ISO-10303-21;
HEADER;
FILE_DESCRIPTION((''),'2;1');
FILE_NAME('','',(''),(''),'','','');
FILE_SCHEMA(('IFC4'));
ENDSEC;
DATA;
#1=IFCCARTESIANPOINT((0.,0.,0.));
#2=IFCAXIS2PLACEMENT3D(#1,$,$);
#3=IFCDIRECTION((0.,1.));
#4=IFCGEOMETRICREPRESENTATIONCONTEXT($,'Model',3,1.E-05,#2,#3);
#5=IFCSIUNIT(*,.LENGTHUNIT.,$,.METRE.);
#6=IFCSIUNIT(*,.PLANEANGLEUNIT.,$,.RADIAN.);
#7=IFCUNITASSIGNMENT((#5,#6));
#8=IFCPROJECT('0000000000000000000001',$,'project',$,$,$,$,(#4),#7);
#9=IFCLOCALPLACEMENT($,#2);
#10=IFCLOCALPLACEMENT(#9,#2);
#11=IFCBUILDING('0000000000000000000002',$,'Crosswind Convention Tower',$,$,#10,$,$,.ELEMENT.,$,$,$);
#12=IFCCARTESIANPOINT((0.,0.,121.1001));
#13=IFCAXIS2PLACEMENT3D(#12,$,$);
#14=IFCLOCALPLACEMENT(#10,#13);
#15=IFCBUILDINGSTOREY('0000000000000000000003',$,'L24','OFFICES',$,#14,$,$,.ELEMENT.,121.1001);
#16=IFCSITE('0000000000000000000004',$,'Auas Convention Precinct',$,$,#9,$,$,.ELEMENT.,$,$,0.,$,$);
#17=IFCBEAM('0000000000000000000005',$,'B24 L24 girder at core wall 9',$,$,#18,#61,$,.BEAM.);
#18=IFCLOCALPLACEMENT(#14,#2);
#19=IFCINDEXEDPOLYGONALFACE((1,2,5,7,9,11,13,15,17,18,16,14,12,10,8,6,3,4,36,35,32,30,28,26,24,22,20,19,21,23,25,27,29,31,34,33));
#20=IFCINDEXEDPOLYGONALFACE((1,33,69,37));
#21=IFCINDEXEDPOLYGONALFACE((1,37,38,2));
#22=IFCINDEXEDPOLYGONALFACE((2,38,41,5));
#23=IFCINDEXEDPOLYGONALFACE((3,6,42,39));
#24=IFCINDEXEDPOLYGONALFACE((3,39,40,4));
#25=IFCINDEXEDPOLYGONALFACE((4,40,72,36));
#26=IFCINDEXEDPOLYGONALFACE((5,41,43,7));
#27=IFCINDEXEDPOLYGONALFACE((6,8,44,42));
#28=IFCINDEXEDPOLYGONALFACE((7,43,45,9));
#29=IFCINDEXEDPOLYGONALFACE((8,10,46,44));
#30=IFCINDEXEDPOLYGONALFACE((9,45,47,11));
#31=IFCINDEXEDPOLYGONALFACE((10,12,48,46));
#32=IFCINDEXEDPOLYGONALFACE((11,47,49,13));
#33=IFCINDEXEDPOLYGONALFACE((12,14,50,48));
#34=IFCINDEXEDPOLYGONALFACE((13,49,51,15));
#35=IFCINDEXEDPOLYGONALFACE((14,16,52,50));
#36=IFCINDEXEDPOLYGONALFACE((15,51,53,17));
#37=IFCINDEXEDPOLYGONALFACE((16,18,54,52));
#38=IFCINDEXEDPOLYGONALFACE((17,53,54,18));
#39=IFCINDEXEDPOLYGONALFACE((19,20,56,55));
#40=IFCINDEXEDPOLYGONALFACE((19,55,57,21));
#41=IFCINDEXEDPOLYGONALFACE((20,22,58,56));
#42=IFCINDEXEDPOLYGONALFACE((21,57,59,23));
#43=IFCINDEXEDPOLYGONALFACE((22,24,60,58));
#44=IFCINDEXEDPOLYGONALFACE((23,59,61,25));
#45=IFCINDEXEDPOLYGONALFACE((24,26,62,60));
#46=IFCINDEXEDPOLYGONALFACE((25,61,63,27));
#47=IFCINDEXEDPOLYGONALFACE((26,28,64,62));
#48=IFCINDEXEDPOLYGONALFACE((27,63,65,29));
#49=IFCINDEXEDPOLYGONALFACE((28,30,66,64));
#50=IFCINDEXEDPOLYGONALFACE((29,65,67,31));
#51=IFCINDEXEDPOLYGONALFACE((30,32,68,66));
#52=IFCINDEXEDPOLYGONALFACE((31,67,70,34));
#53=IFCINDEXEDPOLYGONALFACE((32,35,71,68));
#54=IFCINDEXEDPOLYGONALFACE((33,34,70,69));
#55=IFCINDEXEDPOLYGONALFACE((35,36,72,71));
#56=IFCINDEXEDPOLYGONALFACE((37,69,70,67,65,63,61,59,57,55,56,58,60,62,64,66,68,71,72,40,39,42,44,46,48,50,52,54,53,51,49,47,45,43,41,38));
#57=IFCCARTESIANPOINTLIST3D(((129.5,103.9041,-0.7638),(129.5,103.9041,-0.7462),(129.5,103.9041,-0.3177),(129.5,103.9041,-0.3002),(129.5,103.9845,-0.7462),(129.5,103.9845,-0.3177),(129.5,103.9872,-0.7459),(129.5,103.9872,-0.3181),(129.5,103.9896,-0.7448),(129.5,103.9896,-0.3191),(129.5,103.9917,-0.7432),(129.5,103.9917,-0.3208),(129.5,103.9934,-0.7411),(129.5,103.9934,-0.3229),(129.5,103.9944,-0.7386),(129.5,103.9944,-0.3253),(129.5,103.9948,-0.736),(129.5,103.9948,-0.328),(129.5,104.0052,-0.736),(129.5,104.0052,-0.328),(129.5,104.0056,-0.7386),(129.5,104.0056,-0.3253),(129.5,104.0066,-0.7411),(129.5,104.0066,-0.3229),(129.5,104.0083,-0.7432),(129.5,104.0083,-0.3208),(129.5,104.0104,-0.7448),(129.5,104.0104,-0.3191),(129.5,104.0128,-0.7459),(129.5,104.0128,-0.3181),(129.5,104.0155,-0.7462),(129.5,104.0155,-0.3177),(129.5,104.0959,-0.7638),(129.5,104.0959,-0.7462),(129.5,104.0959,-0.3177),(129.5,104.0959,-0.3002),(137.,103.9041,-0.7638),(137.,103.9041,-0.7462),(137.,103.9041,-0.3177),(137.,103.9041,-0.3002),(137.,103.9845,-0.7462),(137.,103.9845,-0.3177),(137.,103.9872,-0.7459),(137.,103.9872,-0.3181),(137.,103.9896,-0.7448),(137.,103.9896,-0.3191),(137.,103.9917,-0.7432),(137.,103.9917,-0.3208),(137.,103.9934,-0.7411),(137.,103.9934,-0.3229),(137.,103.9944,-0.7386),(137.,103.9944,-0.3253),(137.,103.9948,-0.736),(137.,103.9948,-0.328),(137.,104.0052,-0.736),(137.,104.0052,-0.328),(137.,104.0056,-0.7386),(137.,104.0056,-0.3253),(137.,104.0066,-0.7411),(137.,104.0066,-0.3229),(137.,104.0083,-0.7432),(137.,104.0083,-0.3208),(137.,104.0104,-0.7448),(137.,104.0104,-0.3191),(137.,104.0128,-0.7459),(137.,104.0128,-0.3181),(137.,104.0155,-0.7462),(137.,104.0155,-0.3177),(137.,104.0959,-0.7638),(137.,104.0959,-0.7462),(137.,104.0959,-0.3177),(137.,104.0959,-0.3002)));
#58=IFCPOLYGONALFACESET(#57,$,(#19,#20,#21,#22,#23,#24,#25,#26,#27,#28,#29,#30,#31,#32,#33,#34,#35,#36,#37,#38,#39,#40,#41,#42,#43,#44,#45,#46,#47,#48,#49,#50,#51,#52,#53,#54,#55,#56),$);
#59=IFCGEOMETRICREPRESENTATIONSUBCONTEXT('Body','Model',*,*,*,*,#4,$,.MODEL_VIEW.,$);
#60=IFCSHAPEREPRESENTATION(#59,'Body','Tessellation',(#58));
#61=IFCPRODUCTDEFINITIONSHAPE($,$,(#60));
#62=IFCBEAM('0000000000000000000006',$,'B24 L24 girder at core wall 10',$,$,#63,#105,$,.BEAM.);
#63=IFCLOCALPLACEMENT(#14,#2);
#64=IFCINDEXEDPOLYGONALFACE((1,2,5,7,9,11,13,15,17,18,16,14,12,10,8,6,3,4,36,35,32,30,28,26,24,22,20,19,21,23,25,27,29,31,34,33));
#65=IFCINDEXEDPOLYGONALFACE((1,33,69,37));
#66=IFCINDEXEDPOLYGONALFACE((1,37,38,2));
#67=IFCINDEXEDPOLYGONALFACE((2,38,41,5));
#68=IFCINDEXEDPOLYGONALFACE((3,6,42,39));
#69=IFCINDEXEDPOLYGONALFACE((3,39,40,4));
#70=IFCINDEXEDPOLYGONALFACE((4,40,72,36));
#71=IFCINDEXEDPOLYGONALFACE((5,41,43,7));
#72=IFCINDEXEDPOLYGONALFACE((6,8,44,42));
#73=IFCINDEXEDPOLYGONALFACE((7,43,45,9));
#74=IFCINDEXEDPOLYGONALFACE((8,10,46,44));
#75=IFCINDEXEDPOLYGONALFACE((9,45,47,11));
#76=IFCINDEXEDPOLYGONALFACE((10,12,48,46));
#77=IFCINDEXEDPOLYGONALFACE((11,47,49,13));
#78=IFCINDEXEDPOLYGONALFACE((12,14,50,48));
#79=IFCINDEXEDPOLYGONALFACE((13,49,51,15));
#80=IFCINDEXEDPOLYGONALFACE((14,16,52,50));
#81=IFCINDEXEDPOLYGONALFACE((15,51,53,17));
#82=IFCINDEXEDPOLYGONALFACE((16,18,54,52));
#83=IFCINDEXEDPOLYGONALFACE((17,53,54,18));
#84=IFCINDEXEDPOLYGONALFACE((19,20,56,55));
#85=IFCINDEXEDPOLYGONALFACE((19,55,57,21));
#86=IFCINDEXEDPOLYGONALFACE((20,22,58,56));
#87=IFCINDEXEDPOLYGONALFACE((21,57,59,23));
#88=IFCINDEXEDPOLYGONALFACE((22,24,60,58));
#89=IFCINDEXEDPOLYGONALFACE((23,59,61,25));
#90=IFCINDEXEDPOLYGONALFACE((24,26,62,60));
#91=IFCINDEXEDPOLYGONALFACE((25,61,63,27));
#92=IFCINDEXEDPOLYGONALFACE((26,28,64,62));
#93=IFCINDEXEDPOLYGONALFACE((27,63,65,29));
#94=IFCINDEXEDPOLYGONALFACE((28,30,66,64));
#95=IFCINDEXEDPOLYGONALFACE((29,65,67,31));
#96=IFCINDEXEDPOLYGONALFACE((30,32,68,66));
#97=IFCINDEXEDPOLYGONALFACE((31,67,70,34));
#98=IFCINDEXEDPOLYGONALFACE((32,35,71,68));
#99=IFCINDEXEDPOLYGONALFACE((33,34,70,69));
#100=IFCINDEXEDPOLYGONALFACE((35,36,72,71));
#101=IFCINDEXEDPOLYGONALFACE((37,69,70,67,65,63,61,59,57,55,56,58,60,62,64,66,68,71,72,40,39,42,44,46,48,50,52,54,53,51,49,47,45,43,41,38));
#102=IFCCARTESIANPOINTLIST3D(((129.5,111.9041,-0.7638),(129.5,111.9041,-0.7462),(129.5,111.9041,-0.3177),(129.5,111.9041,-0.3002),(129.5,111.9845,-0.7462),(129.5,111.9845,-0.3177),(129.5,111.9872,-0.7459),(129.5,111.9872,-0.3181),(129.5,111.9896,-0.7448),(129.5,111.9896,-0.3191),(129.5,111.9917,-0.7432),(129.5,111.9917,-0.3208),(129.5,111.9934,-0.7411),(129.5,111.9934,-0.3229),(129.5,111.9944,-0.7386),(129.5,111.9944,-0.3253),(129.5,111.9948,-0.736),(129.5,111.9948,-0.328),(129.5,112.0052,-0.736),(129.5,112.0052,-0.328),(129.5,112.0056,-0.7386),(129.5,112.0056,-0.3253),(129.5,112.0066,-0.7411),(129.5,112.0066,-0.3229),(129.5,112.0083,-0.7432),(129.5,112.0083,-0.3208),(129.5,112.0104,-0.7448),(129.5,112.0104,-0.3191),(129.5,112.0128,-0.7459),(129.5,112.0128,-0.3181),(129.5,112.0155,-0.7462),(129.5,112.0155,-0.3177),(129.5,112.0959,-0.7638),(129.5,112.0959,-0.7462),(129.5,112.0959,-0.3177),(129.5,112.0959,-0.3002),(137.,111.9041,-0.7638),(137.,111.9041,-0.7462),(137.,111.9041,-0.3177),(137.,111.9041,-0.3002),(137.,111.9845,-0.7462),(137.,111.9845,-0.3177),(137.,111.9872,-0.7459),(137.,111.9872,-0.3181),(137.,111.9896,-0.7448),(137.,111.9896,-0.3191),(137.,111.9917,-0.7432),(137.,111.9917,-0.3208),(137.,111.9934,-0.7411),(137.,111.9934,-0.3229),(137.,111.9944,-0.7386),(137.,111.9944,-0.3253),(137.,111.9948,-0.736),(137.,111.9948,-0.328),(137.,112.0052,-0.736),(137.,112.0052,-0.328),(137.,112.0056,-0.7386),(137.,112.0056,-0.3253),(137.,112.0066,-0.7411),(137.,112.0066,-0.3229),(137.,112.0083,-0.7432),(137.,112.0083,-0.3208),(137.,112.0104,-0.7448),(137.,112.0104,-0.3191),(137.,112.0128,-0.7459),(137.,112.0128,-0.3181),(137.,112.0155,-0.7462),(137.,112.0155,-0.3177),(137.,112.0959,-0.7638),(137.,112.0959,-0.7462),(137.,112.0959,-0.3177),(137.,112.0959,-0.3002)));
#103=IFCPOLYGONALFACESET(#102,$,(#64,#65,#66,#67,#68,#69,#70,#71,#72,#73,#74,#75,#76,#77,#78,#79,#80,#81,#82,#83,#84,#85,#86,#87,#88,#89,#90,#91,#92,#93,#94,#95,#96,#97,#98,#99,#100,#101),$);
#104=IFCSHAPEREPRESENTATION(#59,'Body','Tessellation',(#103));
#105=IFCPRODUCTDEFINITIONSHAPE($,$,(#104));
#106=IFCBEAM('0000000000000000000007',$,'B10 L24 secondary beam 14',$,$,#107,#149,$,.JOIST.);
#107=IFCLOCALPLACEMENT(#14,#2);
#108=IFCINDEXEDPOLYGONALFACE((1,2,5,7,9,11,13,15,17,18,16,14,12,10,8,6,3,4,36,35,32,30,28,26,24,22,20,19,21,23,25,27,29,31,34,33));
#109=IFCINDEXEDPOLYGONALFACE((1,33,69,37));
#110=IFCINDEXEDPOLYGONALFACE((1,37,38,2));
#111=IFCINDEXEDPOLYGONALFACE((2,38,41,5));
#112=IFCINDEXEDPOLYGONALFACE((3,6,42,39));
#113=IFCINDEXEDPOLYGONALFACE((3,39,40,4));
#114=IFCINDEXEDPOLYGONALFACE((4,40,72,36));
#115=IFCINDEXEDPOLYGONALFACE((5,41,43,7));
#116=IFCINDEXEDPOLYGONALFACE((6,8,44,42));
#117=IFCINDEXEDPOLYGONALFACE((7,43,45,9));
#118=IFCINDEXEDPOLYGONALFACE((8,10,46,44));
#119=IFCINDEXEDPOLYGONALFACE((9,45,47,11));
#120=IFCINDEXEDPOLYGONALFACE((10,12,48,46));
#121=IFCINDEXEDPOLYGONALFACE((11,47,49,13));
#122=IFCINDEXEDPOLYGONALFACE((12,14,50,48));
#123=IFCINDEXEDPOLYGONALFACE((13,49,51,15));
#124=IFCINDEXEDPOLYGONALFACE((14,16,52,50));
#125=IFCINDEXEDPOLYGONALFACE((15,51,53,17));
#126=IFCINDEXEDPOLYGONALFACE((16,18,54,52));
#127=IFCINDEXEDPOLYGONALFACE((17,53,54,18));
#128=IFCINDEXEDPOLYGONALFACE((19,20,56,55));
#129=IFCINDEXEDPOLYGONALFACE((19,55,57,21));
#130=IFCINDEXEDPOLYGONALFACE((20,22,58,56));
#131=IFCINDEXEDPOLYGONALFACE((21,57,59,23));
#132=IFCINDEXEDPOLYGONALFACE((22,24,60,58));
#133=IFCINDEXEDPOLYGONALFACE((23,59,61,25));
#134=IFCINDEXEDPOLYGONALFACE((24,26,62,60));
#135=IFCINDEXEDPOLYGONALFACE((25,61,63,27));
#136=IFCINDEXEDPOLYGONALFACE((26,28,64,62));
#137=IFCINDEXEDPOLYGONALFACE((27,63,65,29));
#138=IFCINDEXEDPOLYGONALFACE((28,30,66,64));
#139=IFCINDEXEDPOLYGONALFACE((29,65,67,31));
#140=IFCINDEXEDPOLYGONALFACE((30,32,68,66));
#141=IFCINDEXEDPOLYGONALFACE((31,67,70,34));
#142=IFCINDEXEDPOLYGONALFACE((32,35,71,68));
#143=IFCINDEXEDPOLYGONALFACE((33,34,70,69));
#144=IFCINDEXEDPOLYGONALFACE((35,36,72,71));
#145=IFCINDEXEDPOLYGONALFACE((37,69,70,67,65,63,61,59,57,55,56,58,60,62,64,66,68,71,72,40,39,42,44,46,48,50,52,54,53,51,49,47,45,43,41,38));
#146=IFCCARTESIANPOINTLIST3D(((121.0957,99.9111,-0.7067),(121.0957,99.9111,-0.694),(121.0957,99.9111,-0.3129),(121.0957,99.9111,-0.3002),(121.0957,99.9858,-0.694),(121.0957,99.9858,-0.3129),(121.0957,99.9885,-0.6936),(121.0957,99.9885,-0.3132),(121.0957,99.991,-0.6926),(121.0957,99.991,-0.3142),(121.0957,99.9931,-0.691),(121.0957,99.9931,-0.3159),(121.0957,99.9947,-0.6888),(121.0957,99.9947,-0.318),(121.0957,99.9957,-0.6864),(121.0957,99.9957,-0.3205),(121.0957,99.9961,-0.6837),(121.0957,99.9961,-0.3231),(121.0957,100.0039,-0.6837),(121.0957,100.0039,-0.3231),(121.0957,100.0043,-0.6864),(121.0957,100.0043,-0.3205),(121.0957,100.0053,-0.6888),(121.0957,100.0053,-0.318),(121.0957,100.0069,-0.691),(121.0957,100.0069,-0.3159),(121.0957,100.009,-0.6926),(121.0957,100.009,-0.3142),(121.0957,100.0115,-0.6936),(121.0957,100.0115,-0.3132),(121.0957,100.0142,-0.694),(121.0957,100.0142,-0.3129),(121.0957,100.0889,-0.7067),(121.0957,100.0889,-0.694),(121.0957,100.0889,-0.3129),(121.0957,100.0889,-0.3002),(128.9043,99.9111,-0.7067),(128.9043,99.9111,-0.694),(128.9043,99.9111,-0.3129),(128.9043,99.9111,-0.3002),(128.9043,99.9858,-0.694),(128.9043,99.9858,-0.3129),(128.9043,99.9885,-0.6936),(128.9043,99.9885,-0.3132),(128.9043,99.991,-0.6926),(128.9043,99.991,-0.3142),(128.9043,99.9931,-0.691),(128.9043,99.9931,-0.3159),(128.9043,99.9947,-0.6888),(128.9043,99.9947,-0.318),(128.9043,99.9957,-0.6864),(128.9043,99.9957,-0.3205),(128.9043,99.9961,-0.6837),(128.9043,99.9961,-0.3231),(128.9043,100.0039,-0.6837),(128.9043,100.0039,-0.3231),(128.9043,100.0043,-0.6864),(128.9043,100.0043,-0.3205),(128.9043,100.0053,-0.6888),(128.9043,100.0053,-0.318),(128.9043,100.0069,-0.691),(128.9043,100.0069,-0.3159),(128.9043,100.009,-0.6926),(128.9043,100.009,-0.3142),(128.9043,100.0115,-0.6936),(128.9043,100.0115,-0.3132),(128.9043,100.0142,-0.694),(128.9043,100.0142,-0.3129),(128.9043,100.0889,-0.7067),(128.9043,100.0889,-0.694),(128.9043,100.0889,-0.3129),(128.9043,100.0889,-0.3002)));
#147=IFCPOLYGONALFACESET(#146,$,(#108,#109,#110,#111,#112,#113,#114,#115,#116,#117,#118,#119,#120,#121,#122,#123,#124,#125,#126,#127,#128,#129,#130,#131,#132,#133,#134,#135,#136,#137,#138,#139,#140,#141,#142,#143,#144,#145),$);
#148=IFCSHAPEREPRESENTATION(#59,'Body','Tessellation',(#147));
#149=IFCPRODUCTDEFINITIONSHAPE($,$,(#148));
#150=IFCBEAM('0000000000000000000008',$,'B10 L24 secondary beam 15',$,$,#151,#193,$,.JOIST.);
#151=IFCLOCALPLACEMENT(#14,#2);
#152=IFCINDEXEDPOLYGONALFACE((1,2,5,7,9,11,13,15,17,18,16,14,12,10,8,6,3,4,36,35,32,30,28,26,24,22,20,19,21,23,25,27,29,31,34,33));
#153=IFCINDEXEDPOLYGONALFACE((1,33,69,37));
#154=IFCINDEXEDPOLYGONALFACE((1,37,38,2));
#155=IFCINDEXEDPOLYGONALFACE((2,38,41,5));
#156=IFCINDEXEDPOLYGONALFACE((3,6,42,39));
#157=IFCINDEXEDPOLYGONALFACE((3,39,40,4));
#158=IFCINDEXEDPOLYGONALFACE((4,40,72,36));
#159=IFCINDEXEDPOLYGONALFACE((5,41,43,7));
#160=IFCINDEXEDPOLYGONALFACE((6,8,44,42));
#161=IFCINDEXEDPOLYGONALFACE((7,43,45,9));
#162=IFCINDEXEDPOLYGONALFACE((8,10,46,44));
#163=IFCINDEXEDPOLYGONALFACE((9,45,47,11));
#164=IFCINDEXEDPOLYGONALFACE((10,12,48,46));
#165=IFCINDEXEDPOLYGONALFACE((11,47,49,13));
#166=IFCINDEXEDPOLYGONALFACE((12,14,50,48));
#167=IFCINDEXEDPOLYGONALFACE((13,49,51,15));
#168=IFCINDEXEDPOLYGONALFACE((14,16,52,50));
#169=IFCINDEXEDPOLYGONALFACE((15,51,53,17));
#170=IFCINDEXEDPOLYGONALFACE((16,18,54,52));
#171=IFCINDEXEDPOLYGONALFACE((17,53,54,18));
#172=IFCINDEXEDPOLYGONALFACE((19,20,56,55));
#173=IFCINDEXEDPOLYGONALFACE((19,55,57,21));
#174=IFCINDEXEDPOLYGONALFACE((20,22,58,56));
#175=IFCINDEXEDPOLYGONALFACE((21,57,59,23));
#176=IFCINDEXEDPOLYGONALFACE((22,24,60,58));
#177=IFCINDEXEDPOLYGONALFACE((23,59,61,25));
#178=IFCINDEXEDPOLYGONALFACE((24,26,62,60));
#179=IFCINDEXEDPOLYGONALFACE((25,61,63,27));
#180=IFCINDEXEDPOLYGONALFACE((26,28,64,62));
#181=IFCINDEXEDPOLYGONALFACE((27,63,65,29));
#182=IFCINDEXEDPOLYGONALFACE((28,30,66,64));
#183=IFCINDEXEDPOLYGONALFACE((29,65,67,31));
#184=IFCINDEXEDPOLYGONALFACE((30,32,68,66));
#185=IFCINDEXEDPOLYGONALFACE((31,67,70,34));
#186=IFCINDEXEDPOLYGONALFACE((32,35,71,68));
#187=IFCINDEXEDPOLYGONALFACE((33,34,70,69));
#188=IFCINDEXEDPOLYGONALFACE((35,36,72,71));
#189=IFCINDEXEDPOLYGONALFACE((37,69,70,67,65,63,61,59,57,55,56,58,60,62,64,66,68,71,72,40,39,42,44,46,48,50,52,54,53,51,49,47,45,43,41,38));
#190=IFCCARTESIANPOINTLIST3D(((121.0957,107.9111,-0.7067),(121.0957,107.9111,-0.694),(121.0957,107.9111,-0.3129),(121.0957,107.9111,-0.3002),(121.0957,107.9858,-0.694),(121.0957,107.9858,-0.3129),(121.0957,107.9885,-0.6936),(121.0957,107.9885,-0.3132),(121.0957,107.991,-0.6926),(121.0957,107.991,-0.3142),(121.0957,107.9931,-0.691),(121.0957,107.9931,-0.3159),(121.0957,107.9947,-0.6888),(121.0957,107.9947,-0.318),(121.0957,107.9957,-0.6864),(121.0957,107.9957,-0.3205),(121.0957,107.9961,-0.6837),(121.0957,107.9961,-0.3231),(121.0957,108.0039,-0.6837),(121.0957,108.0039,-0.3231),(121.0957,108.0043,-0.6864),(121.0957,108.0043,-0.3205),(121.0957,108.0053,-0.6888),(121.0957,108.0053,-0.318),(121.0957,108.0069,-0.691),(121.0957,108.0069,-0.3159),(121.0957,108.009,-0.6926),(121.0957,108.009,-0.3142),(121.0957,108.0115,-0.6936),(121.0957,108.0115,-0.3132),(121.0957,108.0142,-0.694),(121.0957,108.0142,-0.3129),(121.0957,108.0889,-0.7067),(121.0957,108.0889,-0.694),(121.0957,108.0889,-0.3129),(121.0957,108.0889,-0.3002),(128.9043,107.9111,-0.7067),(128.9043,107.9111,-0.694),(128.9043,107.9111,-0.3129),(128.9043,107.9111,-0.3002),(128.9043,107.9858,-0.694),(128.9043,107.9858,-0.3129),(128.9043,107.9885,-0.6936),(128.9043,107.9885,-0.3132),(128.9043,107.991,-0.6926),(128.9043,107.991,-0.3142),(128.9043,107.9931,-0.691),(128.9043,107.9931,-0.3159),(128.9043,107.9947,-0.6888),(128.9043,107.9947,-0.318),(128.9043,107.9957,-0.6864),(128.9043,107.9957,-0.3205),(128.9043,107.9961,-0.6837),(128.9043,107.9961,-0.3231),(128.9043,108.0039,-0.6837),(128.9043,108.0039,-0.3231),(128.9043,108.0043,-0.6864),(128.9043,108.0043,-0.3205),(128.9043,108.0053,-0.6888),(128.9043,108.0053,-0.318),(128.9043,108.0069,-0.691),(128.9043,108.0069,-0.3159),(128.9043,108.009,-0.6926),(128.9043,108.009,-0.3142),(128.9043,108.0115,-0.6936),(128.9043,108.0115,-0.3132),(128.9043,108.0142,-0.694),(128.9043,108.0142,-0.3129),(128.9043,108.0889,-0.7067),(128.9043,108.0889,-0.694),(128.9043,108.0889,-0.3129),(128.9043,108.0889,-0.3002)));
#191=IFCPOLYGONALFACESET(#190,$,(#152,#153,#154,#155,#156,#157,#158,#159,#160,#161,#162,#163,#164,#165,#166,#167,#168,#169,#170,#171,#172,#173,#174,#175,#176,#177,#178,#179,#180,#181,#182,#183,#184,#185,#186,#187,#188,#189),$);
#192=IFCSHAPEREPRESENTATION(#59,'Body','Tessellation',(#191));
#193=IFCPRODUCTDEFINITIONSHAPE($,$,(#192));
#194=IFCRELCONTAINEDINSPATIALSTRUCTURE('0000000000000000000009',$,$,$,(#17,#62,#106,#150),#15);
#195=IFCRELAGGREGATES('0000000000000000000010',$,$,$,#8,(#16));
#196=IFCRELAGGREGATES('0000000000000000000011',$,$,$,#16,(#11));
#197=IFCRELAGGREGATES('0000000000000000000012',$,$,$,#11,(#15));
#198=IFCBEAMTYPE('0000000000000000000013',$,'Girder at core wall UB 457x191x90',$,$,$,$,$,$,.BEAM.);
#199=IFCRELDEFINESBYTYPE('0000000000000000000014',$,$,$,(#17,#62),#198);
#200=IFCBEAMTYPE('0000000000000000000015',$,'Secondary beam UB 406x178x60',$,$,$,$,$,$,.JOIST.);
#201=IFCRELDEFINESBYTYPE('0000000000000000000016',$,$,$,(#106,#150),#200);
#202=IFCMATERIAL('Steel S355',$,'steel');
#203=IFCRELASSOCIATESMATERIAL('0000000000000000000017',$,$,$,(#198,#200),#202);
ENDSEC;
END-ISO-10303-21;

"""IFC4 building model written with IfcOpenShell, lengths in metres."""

from ifc_helpers import new_model, si_unit, direction, frame, origin, origin_2d, place, context, subcontext, project, spatial, i_section, extrude, material, material_profile, profile_set, type_object, element, save


model = new_model("IFC4")

# Units and contexts
model_context = context("Model", 3, precision=1e-05, world=origin(), true_north=direction((0.0, 1.0)))
body_context = subcontext(model_context, "Body", "Model", "MODEL_VIEW")
ifc_project = project(units=[si_unit("LENGTHUNIT", "METRE"), si_unit("PLANEANGLEUNIT", "RADIAN")], contexts=[model_context])

# Site, building, storey
site_placement = place(None, origin())
site = spatial("IfcSite", under=ifc_project, at=site_placement, Name="Auas Convention Precinct", CompositionType="ELEMENT", RefElevation=0.0)
building_placement = place(site_placement, origin())
building = spatial("IfcBuilding", under=site, at=building_placement, Name="Crosswind Convention Tower", CompositionType="ELEMENT")
storey_placement = place(building_placement, frame((0.0, 0.0, 121.1001)))
storey = spatial("IfcBuildingStorey", under=building, at=storey_placement, Name="L24", Description="OFFICES", CompositionType="ELEMENT", Elevation=121.1001)

# Beams
ifc_material_1 = material(Name="Steel S355", Category="steel")
ifc_material_profile_1 = material_profile(ifc_material_1, i_section(OverallWidth=0.1919, OverallDepth=0.4636, WebThickness=0.0105, FlangeThickness=0.0176, FilletRadius=0.0103, at=origin_2d()), Name="UB 457x191x90")
ifc_profile_set_1 = profile_set([ifc_material_profile_1], Name="Steel S355")
beam_type_1 = type_object("IfcBeamType", Name="Girder at core wall UB 457x191x90", PredefinedType="BEAM", material=ifc_profile_set_1)
for number, where, z_axis, x_axis, name in (
    (1, (129.5, 104.0, -0.532), (1.0, 0.0, 0.0), (0.0, 1.0, 0.0), "B24 L24 girder at core wall 9"),
    (2, (129.5, 112.0, -0.532), (1.0, 0.0, 0.0), (0.0, 1.0, 0.0), "B24 L24 girder at core wall 10"),
):
    element("IfcBeam", number, at=place(storey_placement, frame(where, z_axis=z_axis, x_axis=x_axis)), inside=storey, type_object=beam_type_1, Name=name, PredefinedType="BEAM", context=body_context, shape_type="SweptSolid", body=[
        extrude(i_section(OverallWidth=0.1919, OverallDepth=0.4636, WebThickness=0.0105, FlangeThickness=0.0176, FilletRadius=0.0103, at=origin_2d()), origin(), (0.0, 0.0, 1.0), 7.5),
    ])
ifc_material_profile_2 = material_profile(ifc_material_1, i_section(OverallWidth=0.1777, OverallDepth=0.4065, WebThickness=0.0078, FlangeThickness=0.0127, FilletRadius=0.0103, at=origin_2d()), Name="UB 406x178x60")
ifc_profile_set_2 = profile_set([ifc_material_profile_2], Name="Steel S355")
beam_type_2 = type_object("IfcBeamType", Name="Secondary beam UB 406x178x60", PredefinedType="JOIST", material=ifc_profile_set_2)
for number, where, z_axis, x_axis, name in (
    (3, (121.0957, 100.0, -0.5034), (1.0, 0.0, 0.0), (0.0, 1.0, 0.0), "B10 L24 secondary beam 14"),
    (4, (121.0957, 108.0, -0.5034), (1.0, 0.0, 0.0), (0.0, 1.0, 0.0), "B10 L24 secondary beam 15"),
):
    element("IfcBeam", number, at=place(storey_placement, frame(where, z_axis=z_axis, x_axis=x_axis)), inside=storey, type_object=beam_type_2, Name=name, PredefinedType="JOIST", context=body_context, shape_type="SweptSolid", body=[
        extrude(i_section(OverallWidth=0.1777, OverallDepth=0.4065, WebThickness=0.0078, FlangeThickness=0.0127, FilletRadius=0.0103, at=origin_2d()), origin(), (0.0, 0.0, 1.0), 7.8086),
    ])

save(model, "model.ifc")
